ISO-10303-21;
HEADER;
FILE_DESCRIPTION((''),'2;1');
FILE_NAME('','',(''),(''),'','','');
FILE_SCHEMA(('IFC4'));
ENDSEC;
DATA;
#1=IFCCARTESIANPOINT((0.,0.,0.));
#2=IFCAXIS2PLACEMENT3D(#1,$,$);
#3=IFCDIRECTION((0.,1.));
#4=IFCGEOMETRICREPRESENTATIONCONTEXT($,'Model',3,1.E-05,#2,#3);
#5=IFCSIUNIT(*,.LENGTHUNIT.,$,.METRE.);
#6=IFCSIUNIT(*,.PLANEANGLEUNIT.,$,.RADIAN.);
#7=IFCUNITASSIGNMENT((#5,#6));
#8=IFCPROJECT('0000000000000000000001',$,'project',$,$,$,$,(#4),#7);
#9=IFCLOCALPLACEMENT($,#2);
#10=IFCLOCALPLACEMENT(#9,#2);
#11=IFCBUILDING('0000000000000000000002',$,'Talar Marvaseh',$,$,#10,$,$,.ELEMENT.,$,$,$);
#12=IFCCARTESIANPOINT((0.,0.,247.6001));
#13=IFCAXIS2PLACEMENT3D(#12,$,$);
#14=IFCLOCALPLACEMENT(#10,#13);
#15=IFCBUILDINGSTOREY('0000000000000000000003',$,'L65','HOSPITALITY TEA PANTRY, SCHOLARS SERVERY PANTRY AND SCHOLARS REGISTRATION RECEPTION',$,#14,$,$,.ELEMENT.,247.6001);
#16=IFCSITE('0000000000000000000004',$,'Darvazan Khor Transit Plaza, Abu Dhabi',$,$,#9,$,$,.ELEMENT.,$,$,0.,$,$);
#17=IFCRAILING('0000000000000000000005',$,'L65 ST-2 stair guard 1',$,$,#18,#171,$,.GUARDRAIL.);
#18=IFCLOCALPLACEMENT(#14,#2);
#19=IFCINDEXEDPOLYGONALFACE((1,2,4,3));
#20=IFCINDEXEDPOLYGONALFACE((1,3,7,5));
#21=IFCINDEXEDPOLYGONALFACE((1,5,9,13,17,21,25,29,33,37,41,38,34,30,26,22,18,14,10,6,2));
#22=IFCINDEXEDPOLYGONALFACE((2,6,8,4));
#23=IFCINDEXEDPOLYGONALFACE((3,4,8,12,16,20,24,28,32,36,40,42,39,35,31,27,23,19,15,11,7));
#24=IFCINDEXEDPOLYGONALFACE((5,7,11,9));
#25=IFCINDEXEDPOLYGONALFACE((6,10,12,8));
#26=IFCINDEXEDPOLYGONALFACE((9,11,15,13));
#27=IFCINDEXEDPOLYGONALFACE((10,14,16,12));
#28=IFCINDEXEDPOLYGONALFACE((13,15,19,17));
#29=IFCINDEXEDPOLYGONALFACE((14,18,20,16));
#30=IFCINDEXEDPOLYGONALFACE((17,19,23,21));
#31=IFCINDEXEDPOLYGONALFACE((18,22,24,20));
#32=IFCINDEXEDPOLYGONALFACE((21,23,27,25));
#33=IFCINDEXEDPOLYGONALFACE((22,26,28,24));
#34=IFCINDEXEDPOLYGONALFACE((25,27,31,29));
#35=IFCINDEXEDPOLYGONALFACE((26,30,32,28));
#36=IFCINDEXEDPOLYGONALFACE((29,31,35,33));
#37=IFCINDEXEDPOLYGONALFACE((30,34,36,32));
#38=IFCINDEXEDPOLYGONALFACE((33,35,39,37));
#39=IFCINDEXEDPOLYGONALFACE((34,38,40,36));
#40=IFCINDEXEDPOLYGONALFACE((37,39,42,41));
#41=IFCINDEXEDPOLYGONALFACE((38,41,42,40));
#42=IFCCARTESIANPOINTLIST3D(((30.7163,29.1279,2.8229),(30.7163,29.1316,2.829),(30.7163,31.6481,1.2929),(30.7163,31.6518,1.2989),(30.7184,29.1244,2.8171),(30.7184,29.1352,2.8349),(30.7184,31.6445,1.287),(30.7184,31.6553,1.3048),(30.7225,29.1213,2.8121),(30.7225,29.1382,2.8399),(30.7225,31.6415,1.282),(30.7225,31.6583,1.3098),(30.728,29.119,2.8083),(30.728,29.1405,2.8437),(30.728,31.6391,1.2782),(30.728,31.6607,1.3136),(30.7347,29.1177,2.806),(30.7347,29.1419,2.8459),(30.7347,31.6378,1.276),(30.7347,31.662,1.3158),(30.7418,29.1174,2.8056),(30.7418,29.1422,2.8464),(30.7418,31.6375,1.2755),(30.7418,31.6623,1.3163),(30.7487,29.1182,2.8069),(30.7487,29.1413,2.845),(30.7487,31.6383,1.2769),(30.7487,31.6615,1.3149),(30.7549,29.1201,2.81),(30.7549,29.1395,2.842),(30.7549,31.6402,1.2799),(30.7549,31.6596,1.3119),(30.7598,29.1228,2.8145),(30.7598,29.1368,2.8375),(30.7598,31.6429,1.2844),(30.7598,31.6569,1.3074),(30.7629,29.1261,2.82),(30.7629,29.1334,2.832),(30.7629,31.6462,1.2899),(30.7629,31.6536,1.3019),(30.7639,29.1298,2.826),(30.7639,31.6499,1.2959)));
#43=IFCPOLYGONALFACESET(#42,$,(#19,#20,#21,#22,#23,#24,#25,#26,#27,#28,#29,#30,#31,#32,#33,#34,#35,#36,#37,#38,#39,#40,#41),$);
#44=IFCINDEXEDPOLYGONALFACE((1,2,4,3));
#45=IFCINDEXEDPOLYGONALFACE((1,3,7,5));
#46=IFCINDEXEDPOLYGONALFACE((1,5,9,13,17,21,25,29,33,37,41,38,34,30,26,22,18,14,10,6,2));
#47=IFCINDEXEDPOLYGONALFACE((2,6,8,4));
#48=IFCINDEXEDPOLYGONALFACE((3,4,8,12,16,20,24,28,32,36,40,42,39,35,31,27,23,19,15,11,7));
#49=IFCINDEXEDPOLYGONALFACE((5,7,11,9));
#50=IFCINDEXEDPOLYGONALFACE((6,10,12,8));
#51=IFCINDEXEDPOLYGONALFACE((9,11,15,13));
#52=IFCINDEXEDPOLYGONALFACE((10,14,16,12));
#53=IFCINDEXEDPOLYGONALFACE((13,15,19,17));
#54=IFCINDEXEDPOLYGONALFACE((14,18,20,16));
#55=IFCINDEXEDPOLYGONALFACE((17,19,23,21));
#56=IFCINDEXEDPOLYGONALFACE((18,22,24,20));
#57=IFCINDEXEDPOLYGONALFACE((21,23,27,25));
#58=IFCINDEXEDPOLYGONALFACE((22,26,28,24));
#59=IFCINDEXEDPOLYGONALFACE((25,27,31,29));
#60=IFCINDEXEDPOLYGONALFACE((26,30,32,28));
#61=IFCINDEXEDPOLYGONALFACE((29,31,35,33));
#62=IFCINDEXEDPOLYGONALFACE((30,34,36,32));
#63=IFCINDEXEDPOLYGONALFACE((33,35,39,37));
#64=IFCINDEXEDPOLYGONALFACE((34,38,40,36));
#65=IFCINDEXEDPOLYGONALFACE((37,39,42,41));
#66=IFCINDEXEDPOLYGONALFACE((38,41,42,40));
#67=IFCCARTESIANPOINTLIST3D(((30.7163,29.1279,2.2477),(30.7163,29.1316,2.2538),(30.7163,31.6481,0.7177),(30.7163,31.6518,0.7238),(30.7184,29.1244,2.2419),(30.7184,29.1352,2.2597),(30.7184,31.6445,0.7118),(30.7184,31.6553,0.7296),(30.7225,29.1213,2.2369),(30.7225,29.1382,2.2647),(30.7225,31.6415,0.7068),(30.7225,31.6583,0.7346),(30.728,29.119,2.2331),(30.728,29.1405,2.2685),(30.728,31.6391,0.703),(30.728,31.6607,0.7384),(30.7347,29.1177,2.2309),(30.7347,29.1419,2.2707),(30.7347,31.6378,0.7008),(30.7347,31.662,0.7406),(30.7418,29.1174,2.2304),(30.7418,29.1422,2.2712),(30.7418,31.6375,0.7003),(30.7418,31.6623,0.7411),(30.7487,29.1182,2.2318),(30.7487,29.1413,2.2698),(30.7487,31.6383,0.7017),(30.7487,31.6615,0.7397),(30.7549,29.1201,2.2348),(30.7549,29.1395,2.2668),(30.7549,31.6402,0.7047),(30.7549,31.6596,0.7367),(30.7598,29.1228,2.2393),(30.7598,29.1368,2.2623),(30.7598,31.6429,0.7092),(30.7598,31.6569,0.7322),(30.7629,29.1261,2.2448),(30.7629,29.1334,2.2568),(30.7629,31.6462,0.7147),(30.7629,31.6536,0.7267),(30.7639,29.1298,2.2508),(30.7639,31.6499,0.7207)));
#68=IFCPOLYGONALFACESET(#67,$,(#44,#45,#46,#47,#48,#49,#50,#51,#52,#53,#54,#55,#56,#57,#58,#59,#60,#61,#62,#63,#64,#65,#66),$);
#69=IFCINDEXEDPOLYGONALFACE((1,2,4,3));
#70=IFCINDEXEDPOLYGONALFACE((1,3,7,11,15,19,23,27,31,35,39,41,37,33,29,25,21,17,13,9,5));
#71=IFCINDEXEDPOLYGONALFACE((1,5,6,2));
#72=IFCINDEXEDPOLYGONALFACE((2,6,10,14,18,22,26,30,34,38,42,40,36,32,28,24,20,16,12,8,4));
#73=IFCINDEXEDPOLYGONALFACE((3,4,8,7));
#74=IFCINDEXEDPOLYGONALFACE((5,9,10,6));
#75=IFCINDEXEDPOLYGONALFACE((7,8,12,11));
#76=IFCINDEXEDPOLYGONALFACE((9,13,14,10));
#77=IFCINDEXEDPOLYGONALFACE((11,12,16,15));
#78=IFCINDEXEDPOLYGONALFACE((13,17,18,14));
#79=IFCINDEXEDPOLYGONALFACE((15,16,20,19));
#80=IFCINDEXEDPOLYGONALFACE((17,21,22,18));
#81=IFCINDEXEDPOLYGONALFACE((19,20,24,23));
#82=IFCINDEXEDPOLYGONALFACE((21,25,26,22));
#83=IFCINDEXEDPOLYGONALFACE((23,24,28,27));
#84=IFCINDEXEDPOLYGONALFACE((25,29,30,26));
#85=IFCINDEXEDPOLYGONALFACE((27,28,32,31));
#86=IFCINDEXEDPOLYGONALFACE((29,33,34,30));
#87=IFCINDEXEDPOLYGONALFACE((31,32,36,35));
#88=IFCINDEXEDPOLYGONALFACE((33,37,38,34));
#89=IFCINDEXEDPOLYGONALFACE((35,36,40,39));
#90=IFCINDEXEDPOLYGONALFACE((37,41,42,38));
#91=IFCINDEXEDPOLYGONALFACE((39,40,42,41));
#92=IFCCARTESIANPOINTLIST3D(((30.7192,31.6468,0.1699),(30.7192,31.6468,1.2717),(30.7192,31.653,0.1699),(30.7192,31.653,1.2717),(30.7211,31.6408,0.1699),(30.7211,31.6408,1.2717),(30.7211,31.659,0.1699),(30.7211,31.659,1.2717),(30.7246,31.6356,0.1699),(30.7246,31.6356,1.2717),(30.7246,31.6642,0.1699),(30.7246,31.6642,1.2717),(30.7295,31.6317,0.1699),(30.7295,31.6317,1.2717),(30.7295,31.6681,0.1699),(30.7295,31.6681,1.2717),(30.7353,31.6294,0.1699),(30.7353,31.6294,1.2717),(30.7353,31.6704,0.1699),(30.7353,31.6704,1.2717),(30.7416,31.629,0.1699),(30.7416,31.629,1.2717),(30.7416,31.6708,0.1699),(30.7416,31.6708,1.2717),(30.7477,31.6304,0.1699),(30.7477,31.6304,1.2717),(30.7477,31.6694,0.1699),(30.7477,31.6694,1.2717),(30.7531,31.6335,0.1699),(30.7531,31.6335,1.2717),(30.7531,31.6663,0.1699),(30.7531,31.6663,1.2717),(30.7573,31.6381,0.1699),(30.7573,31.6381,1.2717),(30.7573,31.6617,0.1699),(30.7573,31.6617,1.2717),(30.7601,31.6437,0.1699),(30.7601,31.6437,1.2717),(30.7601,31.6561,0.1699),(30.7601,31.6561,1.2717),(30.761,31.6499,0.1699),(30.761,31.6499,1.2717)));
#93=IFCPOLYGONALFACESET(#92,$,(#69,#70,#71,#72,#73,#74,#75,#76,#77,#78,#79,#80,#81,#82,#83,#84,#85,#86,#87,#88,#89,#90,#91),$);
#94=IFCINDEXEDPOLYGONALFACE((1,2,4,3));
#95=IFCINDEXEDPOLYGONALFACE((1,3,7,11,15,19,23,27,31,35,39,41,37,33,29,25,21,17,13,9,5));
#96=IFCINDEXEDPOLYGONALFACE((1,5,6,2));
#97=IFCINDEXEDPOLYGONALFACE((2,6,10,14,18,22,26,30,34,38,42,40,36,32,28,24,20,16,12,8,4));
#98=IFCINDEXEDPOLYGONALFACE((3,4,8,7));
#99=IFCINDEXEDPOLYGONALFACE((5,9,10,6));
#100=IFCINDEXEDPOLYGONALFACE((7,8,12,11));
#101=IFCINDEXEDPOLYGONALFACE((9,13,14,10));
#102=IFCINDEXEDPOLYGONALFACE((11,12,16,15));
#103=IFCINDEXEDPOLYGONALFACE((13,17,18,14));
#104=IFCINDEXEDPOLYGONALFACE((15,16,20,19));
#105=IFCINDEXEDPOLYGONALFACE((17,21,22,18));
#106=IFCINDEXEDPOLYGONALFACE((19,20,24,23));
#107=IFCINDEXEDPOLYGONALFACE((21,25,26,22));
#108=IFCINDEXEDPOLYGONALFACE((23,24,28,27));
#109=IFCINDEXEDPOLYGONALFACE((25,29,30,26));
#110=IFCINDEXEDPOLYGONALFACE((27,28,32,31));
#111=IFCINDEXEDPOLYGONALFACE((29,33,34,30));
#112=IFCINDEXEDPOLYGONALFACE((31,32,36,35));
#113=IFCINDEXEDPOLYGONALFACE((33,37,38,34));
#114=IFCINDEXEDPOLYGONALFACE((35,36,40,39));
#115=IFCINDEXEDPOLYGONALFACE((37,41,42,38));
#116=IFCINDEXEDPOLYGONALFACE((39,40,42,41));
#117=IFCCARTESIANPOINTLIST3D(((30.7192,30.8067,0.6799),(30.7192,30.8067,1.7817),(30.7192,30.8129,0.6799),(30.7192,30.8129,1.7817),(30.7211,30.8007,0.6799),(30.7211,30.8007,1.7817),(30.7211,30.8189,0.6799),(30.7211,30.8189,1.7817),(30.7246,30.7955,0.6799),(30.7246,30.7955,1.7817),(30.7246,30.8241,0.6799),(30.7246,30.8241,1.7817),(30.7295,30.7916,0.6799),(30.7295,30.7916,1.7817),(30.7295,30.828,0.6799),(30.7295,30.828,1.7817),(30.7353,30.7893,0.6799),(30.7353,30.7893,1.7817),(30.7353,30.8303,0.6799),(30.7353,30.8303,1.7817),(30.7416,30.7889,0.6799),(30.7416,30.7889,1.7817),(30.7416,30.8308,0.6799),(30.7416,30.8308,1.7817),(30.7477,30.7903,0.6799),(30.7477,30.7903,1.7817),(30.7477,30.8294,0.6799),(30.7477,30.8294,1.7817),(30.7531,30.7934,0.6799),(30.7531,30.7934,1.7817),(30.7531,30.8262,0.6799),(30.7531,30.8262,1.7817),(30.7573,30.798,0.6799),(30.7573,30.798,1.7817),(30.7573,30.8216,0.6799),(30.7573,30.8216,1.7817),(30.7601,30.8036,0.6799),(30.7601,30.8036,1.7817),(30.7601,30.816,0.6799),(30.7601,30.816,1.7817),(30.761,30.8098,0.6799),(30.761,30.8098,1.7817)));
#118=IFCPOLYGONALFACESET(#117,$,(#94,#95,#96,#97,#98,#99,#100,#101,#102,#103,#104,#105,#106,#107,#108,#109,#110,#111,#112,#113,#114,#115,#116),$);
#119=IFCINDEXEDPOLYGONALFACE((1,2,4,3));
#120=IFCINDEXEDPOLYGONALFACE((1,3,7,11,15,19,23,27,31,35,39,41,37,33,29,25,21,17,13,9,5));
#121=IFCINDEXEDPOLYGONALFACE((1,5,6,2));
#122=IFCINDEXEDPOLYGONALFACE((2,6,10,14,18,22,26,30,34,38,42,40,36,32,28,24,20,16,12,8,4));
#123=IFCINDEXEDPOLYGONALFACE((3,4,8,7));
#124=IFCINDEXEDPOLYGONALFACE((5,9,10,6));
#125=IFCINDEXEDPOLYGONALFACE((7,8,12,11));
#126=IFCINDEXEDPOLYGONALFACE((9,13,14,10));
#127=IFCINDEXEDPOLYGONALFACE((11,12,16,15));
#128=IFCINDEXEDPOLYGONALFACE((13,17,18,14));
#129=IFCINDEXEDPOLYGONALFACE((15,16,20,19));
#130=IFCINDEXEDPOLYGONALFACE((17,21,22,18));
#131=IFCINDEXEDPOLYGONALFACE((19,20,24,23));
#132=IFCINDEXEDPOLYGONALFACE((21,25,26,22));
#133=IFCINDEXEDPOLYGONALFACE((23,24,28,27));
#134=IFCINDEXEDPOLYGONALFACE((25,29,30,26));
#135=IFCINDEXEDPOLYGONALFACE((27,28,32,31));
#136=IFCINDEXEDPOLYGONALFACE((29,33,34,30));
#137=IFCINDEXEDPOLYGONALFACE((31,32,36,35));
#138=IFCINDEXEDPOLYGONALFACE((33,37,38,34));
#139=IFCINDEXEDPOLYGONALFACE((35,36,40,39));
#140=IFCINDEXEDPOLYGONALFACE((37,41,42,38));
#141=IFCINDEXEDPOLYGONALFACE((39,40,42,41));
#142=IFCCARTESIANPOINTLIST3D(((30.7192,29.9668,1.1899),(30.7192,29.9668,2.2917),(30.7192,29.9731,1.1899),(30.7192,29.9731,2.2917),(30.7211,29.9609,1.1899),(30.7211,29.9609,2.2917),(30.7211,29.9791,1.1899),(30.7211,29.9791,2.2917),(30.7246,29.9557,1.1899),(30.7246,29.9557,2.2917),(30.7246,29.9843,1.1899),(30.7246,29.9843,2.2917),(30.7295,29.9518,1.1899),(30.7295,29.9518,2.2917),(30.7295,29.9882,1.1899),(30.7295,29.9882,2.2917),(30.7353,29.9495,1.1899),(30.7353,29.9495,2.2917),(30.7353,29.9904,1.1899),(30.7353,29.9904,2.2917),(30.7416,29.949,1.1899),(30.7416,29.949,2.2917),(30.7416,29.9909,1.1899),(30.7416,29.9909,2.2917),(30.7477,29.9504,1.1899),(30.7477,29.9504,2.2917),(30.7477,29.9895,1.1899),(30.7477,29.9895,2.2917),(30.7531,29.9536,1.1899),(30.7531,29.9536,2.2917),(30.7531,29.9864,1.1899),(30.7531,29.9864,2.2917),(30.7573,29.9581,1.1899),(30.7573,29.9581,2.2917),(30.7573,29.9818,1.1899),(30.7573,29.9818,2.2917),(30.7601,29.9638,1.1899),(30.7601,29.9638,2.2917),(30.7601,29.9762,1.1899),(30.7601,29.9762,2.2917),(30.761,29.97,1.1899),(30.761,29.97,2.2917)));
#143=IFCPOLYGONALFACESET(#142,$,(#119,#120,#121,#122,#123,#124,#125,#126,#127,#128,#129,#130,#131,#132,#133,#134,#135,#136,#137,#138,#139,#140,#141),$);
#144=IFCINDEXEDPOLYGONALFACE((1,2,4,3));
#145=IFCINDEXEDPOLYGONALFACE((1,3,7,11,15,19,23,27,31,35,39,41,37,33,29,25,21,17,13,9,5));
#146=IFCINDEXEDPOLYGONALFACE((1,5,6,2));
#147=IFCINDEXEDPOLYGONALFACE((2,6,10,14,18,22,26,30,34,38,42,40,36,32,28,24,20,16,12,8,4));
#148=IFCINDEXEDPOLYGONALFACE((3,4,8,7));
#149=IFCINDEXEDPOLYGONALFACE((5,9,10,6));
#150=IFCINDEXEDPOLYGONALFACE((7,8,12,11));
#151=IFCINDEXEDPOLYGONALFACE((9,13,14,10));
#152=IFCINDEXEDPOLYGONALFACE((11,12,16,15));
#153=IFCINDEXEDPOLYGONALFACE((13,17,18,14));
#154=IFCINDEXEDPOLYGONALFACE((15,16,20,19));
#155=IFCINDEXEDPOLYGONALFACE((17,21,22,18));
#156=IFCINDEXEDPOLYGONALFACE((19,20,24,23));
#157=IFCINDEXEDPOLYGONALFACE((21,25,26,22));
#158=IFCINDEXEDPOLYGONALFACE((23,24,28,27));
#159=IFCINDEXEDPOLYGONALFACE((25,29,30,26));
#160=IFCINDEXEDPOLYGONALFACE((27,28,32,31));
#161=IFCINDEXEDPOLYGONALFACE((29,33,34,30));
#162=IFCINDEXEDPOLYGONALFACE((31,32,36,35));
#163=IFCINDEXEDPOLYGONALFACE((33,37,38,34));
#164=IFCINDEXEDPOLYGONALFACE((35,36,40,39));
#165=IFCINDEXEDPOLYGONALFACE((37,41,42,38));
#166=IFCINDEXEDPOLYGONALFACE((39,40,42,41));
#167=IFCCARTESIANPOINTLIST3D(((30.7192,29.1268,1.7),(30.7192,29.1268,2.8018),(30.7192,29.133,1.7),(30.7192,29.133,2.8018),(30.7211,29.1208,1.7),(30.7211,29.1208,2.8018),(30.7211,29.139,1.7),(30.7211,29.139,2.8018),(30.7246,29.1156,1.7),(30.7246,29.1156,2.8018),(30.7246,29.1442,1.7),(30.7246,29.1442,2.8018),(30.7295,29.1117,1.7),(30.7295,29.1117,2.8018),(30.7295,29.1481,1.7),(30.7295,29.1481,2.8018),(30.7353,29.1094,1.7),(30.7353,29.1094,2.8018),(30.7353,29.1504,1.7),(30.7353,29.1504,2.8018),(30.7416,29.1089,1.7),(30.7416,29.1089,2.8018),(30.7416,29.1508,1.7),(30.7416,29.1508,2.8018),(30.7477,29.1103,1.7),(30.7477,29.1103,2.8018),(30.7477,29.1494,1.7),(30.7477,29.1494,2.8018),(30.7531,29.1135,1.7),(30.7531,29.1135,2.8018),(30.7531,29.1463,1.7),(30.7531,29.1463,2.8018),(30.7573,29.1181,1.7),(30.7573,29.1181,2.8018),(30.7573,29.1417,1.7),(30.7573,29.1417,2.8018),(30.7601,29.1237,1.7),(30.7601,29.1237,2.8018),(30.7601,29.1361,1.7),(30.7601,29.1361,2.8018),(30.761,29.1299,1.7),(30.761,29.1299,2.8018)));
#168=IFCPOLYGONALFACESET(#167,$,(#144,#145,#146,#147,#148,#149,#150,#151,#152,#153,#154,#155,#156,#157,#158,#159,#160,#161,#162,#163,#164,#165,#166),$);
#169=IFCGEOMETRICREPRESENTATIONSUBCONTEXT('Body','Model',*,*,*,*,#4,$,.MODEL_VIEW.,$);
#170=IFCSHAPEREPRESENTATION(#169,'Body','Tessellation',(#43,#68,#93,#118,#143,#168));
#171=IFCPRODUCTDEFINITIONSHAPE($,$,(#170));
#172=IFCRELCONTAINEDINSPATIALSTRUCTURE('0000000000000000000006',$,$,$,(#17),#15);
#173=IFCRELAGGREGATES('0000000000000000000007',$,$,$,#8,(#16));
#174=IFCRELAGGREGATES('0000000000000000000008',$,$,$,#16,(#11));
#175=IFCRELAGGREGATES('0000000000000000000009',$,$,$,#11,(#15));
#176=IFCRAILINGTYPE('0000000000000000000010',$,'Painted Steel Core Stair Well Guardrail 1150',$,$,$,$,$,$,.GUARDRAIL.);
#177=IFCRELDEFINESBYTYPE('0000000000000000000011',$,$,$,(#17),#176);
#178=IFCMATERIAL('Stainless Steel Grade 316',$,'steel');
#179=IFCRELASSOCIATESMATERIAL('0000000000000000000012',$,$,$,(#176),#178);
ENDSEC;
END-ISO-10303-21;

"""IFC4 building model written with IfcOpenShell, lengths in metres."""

from ifc_helpers import new_model, si_unit, direction, frame, origin, origin_2d, place, context, subcontext, project, spatial, circle, extrude, material, type_object, element, save


model = new_model("IFC4")

# Units and contexts
model_context = context("Model", 3, precision=1e-05, world=origin(), true_north=direction((0.0, 1.0)))
body_context = subcontext(model_context, "Body", "Model", "MODEL_VIEW")
ifc_project = project(units=[si_unit("LENGTHUNIT", "METRE"), si_unit("PLANEANGLEUNIT", "RADIAN")], contexts=[model_context])

# Site, building, storey
site_placement = place(None, origin())
site = spatial("IfcSite", under=ifc_project, at=site_placement, Name="Darvazan Khor Transit Plaza, Abu Dhabi", CompositionType="ELEMENT", RefElevation=0.0)
building_placement = place(site_placement, origin())
building = spatial("IfcBuilding", under=site, at=building_placement, Name="Talar Marvaseh", CompositionType="ELEMENT")
storey_placement = place(building_placement, frame((0.0, 0.0, 247.6001)))
storey = spatial("IfcBuildingStorey", under=building, at=storey_placement, Name="L65", Description="HOSPITALITY TEA PANTRY, SCHOLARS SERVERY PANTRY AND SCHOLARS REGISTRATION RECEPTION", CompositionType="ELEMENT", Elevation=247.6001)

# Shared definitions
ifc_material_1 = material(Name="Stainless Steel Grade 316", Category="steel")

# Railing
railing_type_1 = type_object("IfcRailingType", Name="Painted Steel Core Stair Well Guardrail 1150", PredefinedType="GUARDRAIL", material=ifc_material_1)
railing_1_placement = place(storey_placement, frame((30.74, 31.6499, 0.1699)))
element("IfcRailing", 1, at=railing_1_placement, inside=storey, type_object=railing_type_1, Name="L65 ST-2 stair guard 1", PredefinedType="GUARDRAIL", context=body_context, shape_type="SweptSolid", body=[
    extrude(circle(Radius=0.0239, at=origin_2d()), frame((0.0, 0.0, 1.126), z_axis=(0.0, -0.854785, 0.518982), x_axis=(1.0, 0.0, 0.0)), (0.0, 0.0, 1.0), 2.9482),
    extrude(circle(Radius=0.0239, at=origin_2d()), frame((0.0, 0.0, 0.5508), z_axis=(0.0, -0.854785, 0.518982), x_axis=(1.0, 0.0, 0.0)), (0.0, 0.0, 1.0), 2.9482),
    extrude(circle(Radius=0.021, at=origin_2d()), origin(), (0.0, 0.0, 1.0), 1.1018),
    extrude(circle(Radius=0.021, at=origin_2d()), frame((0.0, -0.8401, 0.51)), (0.0, 0.0, 1.0), 1.1018),
    extrude(circle(Radius=0.021, at=origin_2d()), frame((0.0, -1.6799, 1.02)), (0.0, 0.0, 1.0), 1.1018),
    extrude(circle(Radius=0.021, at=origin_2d()), frame((0.0, -2.52, 1.53)), (0.0, 0.0, 1.0), 1.1018),
])

save(model, "model.ifc")
